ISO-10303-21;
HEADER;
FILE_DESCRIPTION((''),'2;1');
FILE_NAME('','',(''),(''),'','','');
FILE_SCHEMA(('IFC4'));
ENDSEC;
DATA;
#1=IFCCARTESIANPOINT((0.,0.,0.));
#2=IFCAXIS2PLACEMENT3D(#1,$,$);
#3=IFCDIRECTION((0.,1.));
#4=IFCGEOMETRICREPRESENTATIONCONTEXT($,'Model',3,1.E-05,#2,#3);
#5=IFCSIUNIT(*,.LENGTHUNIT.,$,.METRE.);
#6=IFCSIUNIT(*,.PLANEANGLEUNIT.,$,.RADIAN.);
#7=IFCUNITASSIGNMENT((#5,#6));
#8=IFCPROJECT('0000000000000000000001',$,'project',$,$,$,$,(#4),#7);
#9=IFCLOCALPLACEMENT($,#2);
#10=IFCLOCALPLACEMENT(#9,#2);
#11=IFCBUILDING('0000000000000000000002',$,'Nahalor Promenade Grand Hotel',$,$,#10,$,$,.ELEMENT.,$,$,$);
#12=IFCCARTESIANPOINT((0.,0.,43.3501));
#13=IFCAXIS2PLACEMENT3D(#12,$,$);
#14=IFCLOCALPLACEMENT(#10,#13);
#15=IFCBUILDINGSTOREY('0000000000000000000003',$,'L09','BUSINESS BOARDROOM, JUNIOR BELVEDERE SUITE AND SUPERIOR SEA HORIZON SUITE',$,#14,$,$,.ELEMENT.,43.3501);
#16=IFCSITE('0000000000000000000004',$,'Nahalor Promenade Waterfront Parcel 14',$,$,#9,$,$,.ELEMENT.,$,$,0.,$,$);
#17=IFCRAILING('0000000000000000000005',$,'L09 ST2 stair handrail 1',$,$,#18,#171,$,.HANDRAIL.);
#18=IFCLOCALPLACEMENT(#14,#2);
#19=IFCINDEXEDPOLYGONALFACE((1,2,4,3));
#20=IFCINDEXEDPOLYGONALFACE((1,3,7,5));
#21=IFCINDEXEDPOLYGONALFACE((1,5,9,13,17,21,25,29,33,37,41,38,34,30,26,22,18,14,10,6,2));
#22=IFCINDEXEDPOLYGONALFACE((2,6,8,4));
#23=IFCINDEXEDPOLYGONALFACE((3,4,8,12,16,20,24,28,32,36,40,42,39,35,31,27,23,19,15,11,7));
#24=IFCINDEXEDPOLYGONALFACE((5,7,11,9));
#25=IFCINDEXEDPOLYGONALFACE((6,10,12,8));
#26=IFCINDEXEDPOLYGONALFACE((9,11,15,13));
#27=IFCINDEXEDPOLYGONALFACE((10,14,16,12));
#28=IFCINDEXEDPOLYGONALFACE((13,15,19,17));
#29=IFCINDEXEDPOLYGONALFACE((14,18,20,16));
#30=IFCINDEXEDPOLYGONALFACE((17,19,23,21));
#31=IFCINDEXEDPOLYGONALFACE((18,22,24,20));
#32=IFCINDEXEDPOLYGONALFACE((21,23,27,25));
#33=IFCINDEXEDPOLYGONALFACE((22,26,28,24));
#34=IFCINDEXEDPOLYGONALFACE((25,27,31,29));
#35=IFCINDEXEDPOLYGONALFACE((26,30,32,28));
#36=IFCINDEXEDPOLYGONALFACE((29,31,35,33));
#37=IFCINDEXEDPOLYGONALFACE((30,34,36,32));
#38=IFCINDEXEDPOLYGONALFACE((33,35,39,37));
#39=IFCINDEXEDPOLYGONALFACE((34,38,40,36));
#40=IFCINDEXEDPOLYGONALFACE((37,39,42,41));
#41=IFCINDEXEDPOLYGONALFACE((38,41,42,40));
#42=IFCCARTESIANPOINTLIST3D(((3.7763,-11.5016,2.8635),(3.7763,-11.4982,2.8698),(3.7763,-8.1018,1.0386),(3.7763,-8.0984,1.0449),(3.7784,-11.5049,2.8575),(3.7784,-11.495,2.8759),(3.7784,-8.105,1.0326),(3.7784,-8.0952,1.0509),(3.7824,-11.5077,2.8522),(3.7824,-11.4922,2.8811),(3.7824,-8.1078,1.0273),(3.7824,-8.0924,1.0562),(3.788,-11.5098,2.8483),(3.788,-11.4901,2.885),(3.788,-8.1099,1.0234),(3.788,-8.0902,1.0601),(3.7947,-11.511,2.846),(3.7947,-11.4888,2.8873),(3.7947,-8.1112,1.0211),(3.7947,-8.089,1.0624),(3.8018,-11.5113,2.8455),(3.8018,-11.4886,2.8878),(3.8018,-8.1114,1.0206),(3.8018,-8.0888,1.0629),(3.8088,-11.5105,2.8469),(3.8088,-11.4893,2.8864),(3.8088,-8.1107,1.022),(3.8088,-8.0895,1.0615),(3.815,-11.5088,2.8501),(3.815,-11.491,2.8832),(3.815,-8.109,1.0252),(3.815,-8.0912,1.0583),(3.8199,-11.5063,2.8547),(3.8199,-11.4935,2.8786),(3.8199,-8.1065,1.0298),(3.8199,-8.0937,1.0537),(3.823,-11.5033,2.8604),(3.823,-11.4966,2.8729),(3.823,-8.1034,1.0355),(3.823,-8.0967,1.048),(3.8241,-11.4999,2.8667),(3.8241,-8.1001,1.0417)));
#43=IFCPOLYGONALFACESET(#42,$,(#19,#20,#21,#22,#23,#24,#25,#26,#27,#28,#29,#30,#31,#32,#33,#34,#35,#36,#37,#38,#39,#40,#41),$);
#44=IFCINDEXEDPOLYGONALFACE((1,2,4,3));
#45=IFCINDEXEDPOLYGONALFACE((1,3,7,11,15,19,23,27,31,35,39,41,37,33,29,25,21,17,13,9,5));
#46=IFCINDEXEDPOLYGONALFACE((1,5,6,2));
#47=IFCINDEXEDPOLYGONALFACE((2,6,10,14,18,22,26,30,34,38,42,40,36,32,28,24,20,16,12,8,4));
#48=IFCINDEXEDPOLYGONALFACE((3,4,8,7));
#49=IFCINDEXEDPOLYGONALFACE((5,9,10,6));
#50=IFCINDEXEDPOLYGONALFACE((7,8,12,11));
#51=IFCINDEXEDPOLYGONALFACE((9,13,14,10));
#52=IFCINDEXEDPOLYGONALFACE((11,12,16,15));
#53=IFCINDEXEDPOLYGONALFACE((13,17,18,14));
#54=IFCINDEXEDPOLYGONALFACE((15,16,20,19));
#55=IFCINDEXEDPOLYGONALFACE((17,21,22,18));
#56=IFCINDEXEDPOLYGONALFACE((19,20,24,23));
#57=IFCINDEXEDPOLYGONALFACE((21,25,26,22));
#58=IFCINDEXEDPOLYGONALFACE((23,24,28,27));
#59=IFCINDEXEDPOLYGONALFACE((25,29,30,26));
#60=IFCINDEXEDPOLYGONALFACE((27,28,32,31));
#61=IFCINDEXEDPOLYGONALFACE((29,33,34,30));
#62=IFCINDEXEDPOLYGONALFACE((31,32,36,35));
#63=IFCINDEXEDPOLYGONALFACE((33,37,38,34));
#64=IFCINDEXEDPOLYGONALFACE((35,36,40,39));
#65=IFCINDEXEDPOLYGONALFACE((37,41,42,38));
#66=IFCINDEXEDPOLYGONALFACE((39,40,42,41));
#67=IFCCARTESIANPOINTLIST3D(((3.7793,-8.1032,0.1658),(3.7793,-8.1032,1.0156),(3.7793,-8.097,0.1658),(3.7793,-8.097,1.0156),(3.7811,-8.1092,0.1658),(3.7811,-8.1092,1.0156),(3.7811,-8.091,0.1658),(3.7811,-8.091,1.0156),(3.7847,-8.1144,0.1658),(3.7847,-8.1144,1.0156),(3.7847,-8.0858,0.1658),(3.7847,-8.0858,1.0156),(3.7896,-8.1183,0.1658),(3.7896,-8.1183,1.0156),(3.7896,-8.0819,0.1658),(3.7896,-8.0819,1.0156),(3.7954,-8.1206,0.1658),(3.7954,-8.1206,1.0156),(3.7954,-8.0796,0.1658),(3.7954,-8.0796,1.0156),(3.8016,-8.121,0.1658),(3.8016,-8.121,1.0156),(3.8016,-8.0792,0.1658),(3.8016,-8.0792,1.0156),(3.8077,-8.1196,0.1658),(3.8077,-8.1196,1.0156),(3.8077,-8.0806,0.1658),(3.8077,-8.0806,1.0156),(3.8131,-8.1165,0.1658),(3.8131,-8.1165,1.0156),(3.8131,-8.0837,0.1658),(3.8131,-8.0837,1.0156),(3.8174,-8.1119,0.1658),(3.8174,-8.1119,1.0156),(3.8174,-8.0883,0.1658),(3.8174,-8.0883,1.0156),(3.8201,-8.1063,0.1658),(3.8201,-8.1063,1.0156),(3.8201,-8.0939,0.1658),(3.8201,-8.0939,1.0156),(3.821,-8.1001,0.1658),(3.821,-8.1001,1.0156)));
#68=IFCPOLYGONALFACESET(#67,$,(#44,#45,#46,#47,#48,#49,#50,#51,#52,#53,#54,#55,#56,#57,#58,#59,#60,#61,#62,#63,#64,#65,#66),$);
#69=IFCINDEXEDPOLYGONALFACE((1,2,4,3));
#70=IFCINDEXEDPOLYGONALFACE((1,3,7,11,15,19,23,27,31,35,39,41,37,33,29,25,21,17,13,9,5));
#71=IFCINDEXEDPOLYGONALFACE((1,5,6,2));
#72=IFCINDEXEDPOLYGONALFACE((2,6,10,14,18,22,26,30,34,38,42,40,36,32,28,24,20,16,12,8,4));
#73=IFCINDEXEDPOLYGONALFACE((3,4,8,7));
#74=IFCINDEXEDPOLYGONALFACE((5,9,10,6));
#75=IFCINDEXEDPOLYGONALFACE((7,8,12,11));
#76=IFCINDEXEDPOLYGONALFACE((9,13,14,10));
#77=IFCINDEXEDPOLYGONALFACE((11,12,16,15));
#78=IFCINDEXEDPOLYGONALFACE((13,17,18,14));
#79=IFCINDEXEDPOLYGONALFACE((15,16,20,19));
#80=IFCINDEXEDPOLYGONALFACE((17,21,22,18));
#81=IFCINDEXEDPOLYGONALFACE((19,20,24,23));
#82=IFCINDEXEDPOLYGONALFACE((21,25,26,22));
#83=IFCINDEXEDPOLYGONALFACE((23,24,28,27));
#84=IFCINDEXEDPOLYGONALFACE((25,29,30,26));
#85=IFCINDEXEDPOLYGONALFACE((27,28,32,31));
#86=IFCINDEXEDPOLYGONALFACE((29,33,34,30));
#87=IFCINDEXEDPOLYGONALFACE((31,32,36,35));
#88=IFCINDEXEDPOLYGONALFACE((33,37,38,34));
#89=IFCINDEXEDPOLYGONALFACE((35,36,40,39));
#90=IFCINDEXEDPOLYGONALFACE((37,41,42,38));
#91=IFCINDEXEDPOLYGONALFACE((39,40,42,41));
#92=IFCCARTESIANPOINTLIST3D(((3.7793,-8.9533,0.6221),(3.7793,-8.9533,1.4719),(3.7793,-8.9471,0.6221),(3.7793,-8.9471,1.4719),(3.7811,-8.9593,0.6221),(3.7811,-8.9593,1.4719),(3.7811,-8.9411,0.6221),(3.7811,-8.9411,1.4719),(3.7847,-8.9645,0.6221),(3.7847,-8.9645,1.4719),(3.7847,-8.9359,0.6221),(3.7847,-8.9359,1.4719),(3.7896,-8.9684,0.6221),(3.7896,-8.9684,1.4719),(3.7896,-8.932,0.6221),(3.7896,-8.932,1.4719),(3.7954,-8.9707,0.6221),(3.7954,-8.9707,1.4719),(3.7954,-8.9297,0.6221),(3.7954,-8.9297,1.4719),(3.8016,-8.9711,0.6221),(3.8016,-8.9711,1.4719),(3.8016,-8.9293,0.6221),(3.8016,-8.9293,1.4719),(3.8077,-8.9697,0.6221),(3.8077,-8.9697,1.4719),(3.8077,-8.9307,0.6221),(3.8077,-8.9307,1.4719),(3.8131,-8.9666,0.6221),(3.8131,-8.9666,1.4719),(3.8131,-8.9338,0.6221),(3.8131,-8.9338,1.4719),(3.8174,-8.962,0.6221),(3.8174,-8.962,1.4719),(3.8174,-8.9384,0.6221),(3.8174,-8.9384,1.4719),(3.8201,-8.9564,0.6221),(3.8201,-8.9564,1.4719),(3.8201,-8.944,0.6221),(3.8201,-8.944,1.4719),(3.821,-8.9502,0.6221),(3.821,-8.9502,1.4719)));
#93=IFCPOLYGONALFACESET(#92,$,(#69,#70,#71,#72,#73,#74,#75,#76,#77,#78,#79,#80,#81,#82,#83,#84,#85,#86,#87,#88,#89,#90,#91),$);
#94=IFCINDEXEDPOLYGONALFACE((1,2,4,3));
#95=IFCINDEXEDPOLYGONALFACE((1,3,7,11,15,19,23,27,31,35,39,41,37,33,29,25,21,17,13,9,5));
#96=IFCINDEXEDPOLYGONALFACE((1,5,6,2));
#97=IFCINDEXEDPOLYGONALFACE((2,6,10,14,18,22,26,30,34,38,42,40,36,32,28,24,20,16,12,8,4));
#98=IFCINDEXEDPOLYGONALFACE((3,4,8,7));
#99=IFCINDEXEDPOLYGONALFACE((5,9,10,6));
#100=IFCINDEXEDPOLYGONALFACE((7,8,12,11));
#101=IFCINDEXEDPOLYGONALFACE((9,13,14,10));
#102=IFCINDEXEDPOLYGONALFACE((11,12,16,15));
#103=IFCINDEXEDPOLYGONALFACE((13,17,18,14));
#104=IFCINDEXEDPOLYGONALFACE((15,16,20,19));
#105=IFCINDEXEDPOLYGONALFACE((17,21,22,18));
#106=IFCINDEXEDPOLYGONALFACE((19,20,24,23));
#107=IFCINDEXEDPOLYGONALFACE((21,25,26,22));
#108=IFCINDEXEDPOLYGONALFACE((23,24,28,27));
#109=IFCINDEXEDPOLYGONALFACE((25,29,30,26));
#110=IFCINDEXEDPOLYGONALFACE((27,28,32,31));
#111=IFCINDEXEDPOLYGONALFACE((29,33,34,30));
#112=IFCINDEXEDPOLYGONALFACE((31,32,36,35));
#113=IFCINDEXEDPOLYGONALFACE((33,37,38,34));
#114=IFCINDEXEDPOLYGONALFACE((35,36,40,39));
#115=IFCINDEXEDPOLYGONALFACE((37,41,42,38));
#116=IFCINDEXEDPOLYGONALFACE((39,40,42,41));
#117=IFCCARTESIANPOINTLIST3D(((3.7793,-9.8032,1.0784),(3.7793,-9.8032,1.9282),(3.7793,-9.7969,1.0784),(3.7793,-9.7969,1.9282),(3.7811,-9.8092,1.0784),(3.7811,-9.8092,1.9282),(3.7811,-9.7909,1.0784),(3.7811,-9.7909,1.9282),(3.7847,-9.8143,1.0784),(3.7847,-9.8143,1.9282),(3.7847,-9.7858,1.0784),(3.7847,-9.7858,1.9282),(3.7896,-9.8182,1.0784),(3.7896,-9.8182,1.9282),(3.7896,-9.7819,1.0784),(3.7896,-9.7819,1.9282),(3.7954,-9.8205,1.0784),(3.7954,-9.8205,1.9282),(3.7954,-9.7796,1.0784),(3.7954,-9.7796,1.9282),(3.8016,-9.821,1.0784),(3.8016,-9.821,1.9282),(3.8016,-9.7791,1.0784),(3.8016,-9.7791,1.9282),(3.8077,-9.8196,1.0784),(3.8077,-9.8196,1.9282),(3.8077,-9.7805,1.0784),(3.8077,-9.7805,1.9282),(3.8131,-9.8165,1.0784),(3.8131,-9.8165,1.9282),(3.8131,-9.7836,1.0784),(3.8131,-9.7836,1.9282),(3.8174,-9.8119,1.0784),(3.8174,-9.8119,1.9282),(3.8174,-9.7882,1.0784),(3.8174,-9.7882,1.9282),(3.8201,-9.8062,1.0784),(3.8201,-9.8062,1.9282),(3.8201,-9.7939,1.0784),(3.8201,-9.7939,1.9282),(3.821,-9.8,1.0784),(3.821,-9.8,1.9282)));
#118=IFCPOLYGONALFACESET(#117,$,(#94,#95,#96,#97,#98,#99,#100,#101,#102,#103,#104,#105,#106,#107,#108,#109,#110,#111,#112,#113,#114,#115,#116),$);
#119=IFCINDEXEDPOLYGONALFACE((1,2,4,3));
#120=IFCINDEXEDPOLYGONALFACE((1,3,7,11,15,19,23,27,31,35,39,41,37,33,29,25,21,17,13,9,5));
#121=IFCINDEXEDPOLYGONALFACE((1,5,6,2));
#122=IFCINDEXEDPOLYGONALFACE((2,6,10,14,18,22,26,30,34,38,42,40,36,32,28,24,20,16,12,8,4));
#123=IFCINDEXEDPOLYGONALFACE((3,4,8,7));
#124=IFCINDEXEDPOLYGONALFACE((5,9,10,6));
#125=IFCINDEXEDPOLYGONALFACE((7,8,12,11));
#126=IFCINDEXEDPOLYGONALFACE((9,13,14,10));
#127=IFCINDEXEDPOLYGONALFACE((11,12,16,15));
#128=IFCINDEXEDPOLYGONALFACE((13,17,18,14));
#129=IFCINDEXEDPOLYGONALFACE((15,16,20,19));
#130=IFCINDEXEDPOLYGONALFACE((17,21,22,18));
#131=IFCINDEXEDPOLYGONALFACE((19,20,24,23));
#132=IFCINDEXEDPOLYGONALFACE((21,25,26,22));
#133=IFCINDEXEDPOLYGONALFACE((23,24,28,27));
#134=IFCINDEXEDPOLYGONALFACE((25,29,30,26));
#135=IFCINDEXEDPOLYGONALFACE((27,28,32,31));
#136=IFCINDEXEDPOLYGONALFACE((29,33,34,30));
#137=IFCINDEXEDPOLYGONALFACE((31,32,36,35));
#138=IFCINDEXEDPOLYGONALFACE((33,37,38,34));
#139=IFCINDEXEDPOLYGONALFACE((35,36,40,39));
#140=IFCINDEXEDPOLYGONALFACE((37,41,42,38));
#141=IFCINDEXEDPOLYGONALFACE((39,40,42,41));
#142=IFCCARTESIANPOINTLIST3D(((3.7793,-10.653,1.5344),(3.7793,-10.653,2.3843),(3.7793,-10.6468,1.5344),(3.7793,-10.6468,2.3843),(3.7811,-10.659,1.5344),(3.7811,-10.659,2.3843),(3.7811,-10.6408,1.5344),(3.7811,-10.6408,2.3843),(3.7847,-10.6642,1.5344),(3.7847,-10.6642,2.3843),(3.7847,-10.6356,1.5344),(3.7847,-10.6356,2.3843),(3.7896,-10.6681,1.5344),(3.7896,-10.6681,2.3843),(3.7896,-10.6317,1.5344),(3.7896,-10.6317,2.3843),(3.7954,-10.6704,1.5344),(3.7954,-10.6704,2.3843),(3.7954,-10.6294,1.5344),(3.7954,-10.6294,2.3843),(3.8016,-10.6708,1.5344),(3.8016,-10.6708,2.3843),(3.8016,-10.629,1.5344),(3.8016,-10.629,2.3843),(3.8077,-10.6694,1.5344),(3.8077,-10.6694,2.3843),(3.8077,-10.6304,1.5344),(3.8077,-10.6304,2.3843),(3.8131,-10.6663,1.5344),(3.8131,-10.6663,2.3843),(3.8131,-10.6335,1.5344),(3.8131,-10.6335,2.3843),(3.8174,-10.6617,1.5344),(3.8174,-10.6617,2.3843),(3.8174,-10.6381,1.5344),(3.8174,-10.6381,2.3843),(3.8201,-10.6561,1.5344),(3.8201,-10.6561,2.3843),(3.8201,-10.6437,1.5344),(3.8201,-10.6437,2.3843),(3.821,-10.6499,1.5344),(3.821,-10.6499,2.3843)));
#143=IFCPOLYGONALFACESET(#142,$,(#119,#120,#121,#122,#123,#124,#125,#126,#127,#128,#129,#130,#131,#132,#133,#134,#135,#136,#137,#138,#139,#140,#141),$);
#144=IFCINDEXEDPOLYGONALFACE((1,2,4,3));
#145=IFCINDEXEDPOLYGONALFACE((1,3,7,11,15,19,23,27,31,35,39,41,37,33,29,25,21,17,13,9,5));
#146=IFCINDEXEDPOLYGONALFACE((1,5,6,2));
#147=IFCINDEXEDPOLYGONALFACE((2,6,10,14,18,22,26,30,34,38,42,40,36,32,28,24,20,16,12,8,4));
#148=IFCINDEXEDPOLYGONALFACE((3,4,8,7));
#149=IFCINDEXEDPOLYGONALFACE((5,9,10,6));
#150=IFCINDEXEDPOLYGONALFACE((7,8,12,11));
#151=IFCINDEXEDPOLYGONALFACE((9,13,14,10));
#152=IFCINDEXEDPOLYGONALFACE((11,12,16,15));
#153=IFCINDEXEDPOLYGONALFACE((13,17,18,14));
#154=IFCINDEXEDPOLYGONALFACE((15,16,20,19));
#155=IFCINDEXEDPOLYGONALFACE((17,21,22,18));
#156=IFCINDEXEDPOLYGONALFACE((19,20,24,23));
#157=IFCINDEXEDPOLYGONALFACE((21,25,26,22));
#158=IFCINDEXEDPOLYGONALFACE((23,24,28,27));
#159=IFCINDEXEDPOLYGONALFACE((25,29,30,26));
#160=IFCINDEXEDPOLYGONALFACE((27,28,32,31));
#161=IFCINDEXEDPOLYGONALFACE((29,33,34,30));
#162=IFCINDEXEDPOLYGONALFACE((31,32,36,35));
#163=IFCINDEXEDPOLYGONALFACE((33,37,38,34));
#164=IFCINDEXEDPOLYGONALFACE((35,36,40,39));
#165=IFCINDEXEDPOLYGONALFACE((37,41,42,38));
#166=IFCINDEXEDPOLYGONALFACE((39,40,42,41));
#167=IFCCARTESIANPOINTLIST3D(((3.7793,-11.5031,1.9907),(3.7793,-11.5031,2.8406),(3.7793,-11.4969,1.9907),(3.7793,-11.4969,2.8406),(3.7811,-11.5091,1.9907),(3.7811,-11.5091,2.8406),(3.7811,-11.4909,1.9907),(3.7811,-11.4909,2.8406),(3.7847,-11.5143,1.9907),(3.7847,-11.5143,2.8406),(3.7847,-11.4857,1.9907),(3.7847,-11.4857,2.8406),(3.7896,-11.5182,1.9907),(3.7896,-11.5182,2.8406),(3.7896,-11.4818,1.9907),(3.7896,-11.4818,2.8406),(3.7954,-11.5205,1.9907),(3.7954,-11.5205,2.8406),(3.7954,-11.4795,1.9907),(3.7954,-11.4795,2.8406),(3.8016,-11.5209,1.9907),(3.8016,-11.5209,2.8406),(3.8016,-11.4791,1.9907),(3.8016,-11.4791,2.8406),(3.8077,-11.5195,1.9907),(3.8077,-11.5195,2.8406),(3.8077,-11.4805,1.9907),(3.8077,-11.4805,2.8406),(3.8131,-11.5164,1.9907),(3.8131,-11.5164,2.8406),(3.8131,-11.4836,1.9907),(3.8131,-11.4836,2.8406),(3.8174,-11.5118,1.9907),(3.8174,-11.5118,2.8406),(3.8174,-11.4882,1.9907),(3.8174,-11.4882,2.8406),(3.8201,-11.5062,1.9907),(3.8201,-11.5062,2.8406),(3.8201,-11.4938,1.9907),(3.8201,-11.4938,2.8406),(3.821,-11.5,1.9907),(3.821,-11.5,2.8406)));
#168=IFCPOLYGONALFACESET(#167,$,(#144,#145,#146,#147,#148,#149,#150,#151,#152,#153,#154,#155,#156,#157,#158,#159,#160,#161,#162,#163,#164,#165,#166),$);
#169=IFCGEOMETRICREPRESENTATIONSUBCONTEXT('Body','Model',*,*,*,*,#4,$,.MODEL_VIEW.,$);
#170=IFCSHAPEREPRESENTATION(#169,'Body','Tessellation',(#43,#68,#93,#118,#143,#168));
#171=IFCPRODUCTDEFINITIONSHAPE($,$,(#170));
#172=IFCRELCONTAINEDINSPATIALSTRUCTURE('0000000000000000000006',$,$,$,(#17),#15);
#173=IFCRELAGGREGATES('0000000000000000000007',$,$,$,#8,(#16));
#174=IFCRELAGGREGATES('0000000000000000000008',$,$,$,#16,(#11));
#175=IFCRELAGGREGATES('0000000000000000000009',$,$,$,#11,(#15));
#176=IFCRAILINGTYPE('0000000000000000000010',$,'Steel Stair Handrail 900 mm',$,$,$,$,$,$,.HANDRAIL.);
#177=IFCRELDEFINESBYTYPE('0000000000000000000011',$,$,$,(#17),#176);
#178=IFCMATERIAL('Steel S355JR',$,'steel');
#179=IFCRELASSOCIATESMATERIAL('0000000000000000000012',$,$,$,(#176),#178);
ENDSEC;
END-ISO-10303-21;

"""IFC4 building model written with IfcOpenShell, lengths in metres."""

from ifc_helpers import new_model, si_unit, direction, frame, origin, origin_2d, place, context, subcontext, project, spatial, circle, extrude, material, type_object, element, save


model = new_model("IFC4")

# Units and contexts
model_context = context("Model", 3, precision=1e-05, world=origin(), true_north=direction((0.0, 1.0)))
body_context = subcontext(model_context, "Body", "Model", "MODEL_VIEW")
ifc_project = project(units=[si_unit("LENGTHUNIT", "METRE"), si_unit("PLANEANGLEUNIT", "RADIAN")], contexts=[model_context])

# Site, building, storey
site_placement = place(None, origin())
site = spatial("IfcSite", under=ifc_project, at=site_placement, Name="Nahalor Promenade Waterfront Parcel 14", CompositionType="ELEMENT", RefElevation=0.0)
building_placement = place(site_placement, origin())
building = spatial("IfcBuilding", under=site, at=building_placement, Name="Nahalor Promenade Grand Hotel", CompositionType="ELEMENT")
storey_placement = place(building_placement, frame((0.0, 0.0, 43.3501)))
storey = spatial("IfcBuildingStorey", under=building, at=storey_placement, Name="L09", Description="BUSINESS BOARDROOM, JUNIOR BELVEDERE SUITE AND SUPERIOR SEA HORIZON SUITE", CompositionType="ELEMENT", Elevation=43.3501)

# Shared definitions
ifc_material_1 = material(Name="Steel S355JR", Category="steel")

# Railing
railing_type_1 = type_object("IfcRailingType", Name="Steel Stair Handrail 900 mm", PredefinedType="HANDRAIL", material=ifc_material_1)
for number, where, name in (
    (1, (3.8, -8.1001, 0.1658), "L09 ST2 stair handrail 1"),
):
    element("IfcRailing", number, at=place(storey_placement, frame(where)), inside=storey, type_object=railing_type_1, Name=name, PredefinedType="HANDRAIL", context=body_context, shape_type="SweptSolid", body=[
        extrude(circle(Radius=0.024, at=origin_2d()), frame((0.0, 0.0, 0.876), z_axis=(0.0, -0.881094, 0.472941), x_axis=(1.0, 0.0, 0.0)), (0.0, 0.0, 1.0), 3.8586),
        extrude(circle(Radius=0.021, at=origin_2d()), origin(), (0.0, 0.0, 1.0), 0.8499),
        extrude(circle(Radius=0.021, at=origin_2d()), frame((0.0, -0.8501, 0.4563)), (0.0, 0.0, 1.0), 0.8499),
        extrude(circle(Radius=0.021, at=origin_2d()), frame((0.0, -1.7, 0.9126)), (0.0, 0.0, 1.0), 0.8499),
        extrude(circle(Radius=0.021, at=origin_2d()), frame((0.0, -2.5498, 1.3687)), (0.0, 0.0, 1.0), 0.8499),
        extrude(circle(Radius=0.021, at=origin_2d()), frame((0.0, -3.3999, 1.825)), (0.0, 0.0, 1.0), 0.8499),
    ])

save(model, "model.ifc")
